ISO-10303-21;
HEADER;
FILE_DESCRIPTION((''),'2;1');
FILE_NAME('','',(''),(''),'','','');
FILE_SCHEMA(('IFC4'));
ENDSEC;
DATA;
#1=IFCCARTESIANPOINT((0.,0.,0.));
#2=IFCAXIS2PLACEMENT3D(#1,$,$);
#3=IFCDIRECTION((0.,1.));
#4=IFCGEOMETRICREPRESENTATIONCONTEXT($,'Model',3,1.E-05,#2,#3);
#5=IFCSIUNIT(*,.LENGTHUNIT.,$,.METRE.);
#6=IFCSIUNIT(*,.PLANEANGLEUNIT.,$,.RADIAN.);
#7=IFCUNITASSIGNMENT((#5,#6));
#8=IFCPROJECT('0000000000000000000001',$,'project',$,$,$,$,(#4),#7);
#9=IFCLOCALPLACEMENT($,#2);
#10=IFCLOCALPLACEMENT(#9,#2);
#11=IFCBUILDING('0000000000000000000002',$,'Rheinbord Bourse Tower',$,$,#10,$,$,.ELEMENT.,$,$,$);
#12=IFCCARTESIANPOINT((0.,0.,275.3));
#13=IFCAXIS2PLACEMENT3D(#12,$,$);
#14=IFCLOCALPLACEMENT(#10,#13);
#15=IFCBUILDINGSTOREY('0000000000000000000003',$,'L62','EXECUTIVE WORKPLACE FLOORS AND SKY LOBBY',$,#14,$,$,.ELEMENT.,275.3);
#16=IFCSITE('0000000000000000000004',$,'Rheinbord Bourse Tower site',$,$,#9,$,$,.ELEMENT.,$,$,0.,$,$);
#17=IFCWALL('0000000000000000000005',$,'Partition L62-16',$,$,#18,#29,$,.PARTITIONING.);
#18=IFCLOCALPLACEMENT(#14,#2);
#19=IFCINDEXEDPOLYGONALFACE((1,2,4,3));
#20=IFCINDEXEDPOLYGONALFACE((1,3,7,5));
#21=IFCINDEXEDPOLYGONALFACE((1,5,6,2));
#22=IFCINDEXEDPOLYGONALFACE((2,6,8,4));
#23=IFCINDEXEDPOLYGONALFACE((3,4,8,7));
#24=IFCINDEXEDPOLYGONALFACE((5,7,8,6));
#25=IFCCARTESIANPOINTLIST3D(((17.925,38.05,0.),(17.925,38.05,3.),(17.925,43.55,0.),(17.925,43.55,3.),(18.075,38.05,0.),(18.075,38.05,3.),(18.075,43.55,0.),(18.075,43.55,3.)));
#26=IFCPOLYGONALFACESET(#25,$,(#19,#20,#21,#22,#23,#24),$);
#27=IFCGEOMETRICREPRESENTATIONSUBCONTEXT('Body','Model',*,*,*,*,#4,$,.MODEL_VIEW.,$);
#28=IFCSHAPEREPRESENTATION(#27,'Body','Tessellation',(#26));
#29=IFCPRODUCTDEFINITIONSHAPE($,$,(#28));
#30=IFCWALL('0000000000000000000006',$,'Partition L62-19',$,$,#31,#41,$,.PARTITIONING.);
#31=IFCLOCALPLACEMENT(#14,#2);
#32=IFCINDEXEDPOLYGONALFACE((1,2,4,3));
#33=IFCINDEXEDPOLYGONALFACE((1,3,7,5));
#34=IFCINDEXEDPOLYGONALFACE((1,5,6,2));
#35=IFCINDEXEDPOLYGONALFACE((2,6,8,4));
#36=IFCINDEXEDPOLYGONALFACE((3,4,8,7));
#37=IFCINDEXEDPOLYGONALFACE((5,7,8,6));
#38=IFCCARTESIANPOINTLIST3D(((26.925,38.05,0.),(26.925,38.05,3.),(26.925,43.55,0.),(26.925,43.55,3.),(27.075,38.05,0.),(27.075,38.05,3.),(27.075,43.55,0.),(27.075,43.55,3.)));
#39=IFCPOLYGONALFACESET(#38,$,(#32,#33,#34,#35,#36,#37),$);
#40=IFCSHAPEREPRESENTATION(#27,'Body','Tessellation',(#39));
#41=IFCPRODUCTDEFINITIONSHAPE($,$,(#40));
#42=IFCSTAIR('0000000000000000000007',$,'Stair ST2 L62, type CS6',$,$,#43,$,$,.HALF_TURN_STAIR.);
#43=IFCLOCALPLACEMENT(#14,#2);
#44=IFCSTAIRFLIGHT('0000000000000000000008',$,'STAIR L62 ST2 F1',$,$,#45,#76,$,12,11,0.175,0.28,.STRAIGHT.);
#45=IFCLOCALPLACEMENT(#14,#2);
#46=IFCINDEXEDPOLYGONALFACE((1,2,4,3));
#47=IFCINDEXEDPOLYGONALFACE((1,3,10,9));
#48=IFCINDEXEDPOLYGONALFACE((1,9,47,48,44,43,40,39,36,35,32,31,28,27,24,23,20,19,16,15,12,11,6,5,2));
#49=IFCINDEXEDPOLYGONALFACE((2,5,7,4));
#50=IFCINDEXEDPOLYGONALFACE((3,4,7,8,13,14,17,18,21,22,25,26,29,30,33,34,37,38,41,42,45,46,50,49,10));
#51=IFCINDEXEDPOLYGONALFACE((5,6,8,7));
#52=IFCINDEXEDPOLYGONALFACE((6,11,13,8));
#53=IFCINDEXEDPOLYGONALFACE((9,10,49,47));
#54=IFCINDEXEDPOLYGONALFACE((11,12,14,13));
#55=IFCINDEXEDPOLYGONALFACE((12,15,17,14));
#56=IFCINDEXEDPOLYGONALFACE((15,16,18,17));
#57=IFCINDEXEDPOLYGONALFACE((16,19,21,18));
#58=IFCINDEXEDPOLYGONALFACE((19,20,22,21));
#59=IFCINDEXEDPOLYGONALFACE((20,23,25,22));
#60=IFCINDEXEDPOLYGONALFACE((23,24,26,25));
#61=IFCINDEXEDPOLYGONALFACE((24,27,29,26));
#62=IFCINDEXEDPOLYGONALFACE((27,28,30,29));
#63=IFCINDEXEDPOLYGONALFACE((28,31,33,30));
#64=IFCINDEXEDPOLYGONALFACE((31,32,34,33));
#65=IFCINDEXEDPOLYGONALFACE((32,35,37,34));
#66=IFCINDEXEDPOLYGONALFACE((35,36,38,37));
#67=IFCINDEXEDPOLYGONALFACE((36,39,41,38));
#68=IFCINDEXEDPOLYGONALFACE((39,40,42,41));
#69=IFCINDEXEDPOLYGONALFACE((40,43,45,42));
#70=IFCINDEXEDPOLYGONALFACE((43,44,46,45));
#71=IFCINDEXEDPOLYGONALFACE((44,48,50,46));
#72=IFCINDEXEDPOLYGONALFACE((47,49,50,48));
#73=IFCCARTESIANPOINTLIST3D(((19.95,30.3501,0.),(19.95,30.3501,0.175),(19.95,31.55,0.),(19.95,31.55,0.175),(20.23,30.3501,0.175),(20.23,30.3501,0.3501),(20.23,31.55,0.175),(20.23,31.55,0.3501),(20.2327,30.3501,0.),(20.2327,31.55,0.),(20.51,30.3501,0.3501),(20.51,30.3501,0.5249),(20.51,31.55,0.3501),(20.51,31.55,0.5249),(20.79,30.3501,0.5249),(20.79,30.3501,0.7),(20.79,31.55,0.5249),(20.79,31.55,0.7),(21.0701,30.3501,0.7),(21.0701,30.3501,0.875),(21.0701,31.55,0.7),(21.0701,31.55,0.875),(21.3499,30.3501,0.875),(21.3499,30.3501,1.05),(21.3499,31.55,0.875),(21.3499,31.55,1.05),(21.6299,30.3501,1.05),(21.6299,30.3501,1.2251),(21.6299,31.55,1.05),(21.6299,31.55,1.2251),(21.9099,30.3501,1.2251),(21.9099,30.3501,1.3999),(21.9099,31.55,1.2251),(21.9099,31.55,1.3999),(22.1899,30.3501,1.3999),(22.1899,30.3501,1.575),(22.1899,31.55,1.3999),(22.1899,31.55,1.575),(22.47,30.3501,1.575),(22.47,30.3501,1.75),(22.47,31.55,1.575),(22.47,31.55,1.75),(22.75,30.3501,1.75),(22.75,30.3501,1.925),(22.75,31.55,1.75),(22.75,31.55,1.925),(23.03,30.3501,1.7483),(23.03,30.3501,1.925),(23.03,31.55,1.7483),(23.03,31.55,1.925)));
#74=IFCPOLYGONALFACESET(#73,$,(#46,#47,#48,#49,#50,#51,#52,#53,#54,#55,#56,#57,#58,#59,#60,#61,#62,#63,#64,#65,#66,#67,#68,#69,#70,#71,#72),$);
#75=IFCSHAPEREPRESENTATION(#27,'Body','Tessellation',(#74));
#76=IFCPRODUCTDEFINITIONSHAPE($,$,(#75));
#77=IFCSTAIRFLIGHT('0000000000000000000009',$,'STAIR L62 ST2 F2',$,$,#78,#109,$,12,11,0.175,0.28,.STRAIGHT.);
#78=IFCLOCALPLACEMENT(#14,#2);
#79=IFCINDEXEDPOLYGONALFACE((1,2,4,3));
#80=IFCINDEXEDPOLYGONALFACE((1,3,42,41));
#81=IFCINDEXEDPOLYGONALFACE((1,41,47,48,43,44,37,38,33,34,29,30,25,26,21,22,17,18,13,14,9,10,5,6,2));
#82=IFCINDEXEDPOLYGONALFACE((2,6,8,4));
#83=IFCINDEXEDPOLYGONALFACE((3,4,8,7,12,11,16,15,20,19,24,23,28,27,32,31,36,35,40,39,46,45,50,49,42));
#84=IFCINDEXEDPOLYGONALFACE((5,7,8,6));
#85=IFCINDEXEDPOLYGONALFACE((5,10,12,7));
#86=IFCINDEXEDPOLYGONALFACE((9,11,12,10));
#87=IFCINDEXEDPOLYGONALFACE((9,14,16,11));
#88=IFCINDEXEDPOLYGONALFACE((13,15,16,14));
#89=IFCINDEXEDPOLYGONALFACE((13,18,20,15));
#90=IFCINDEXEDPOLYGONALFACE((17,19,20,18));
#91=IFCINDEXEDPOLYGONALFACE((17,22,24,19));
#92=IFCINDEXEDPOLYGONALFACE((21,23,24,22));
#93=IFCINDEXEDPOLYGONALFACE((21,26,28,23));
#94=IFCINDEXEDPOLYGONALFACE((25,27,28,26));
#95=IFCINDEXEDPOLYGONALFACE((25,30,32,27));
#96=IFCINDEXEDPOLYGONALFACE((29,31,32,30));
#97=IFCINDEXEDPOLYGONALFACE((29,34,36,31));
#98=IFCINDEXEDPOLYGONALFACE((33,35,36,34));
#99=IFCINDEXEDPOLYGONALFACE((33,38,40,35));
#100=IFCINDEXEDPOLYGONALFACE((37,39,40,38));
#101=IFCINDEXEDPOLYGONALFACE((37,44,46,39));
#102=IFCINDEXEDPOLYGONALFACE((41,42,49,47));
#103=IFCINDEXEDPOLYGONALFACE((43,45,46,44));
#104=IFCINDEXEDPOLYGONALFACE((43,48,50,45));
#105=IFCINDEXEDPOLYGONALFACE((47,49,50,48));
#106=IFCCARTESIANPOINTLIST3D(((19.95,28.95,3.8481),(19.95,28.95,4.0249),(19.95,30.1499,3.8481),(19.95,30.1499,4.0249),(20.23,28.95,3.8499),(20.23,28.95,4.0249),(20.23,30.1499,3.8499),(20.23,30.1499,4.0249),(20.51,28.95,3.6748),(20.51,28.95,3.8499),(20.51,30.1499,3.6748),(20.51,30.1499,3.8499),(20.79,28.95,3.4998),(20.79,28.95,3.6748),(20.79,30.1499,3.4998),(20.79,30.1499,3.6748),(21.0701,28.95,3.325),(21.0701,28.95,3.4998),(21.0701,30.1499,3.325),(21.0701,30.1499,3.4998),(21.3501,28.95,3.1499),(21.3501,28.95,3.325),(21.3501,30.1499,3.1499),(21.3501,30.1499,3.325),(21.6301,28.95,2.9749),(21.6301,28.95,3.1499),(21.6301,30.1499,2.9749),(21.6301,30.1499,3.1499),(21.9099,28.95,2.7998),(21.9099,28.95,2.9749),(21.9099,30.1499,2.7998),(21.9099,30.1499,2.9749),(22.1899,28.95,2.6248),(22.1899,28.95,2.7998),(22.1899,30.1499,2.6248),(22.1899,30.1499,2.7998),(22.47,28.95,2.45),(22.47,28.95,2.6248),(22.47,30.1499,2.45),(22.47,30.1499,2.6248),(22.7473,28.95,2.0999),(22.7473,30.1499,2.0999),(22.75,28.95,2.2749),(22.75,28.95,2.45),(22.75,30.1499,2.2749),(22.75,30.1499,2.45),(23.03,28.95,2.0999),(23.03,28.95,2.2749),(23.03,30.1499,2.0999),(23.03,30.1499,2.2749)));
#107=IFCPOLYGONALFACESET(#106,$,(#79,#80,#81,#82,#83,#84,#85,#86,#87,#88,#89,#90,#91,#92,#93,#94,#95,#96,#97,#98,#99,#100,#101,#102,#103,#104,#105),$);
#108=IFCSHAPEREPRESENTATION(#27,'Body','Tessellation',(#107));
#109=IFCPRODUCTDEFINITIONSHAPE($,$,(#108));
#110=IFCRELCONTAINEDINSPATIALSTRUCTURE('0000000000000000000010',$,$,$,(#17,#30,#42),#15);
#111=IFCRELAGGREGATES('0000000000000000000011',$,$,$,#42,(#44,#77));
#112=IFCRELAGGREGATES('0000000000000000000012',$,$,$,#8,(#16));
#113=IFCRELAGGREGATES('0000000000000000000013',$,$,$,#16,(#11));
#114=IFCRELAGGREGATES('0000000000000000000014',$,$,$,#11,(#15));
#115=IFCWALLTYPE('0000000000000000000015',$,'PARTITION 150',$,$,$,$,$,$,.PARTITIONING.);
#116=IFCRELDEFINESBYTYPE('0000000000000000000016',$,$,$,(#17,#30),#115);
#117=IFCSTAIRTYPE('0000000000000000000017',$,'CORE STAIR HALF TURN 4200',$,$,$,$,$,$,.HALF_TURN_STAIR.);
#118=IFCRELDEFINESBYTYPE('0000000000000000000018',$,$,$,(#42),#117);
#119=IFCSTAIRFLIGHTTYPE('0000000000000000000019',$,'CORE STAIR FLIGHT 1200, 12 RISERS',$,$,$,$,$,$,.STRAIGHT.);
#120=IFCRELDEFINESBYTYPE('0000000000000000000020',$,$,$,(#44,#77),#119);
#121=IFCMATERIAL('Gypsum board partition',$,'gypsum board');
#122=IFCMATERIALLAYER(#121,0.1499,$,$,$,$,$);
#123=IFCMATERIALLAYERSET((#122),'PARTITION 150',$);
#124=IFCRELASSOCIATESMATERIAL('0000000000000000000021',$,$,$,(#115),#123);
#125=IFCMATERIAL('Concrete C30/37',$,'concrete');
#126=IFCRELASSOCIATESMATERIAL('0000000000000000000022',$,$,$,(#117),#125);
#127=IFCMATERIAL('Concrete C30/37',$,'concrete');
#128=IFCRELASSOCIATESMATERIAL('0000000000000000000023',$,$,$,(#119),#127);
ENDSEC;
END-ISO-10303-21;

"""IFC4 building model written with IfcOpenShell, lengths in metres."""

from ifc_helpers import new_model, si_unit, direction, frame, frame_2d, origin, place, context, subcontext, project, spatial, polyline, rectangle, outline, extrude, material, layer, layer_set, type_object, element, aggregate, save


model = new_model("IFC4")

# Units and contexts
model_context = context("Model", 3, precision=1e-05, world=origin(), true_north=direction((0.0, 1.0)))
body_context = subcontext(model_context, "Body", "Model", "MODEL_VIEW")
ifc_project = project(units=[si_unit("LENGTHUNIT", "METRE"), si_unit("PLANEANGLEUNIT", "RADIAN")], contexts=[model_context])

# Site, building, storey
site_placement = place(None, origin())
site = spatial("IfcSite", under=ifc_project, at=site_placement, Name="Rheinbord Bourse Tower site", CompositionType="ELEMENT", RefElevation=0.0)
building_placement = place(site_placement, origin())
building = spatial("IfcBuilding", under=site, at=building_placement, Name="Rheinbord Bourse Tower", CompositionType="ELEMENT")
storey_placement = place(building_placement, frame((0.0, 0.0, 275.3)))
storey = spatial("IfcBuildingStorey", under=building, at=storey_placement, Name="L62", Description="EXECUTIVE WORKPLACE FLOORS AND SKY LOBBY", CompositionType="ELEMENT", Elevation=275.3)

# Walls
ifc_material_1 = material(Name="Gypsum board partition", Category="gypsum board")
ifc_layer_1 = layer(ifc_material_1, 0.1499)
ifc_layer_set_1 = layer_set([ifc_layer_1], Name="PARTITION 150")
wall_type_1 = type_object("IfcWallType", Name="PARTITION 150", PredefinedType="PARTITIONING", material=ifc_layer_set_1)
for number, where, z_axis, x_axis, name in (
    (1, (18.0, 38.05, 0.0), (0.0, 0.0, 1.0), (0.0, 1.0, 0.0), "Partition L62-16"),
    (2, (27.0, 38.05, 0.0), (0.0, 0.0, 1.0), (0.0, 1.0, 0.0), "Partition L62-19"),
):
    element("IfcWall", number, at=place(storey_placement, frame(where, z_axis=z_axis, x_axis=x_axis)), inside=storey, type_object=wall_type_1, Name=name, PredefinedType="PARTITIONING", context=body_context, shape_type="SweptSolid", body=[
        extrude(rectangle(XDim=5.5, YDim=0.1499, at=frame_2d((2.75, 0.0))), origin(), (0.0, 0.0, 1.0), 3.0),
    ])

# Stair, stair flights
ifc_material_2 = material(Name="Concrete C30/37", Category="concrete")
stair_type = type_object("IfcStairType", Name="CORE STAIR HALF TURN 4200", PredefinedType="HALF_TURN_STAIR", material=ifc_material_2)
stair_placement = place(storey_placement, origin())
stair = element("IfcStair", 3, at=stair_placement, inside=storey, type_object=stair_type, Name="Stair ST2 L62, type CS6", PredefinedType="HALF_TURN_STAIR")
ifc_material_3 = material(Name="Concrete C30/37", Category="concrete")
stair_flight_type = type_object("IfcStairFlightType", Name="CORE STAIR FLIGHT 1200, 12 RISERS", PredefinedType="STRAIGHT", material=ifc_material_3)
stair_flight_1_placement = place(storey_placement, frame((19.95, 30.95, 0.0), z_axis=(0.0, 0.0, 1.0), x_axis=(1.0, 0.0, 0.0)))
stair_flight_1 = element("IfcStairFlight", 4, at=stair_flight_1_placement, type_object=stair_flight_type, Name="STAIR L62 ST2 F1", NumberOfRisers=12, NumberOfTreads=11, PredefinedType="STRAIGHT", RiserHeight=0.175, TreadLength=0.28, context=body_context, shape_type="SweptSolid", body=[
    extrude(outline(polyline([(0.0, 0.0), (0.0, 0.175), (0.28, 0.175), (0.28, 0.3501), (0.5601, 0.3501), (0.5601, 0.5249), (0.8401, 0.5249), (0.8401, 0.7), (1.1201, 0.7), (1.1201, 0.875), (1.3999, 0.875), (1.3999, 1.05), (1.6799, 1.05), (1.6799, 1.2251), (1.96, 1.2251), (1.96, 1.3999), (2.24, 1.3999), (2.24, 1.575), (2.52, 1.575), (2.52, 1.75), (2.8, 1.75), (2.8, 1.925), (3.0801, 1.925), (3.0801, 2.1001), (3.0801, 1.7483), (0.2827, 0.0), (0.0, 0.0)])), frame((0.0, 0.6001, 0.0), z_axis=(0.0, -1.0, 0.0), x_axis=(1.0, 0.0, 0.0)), (0.0, 0.0, 1.0), 1.2),
])
stair_flight_2_placement = place(storey_placement, frame((23.03, 29.55, 2.0999), z_axis=(0.0, 0.0, 1.0), x_axis=(-1.0, 0.0, 0.0)))
stair_flight_2 = element("IfcStairFlight", 5, at=stair_flight_2_placement, type_object=stair_flight_type, Name="STAIR L62 ST2 F2", NumberOfRisers=12, NumberOfTreads=11, PredefinedType="STRAIGHT", RiserHeight=0.175, TreadLength=0.28, context=body_context, shape_type="SweptSolid", body=[
    extrude(outline(polyline([(0.0, 0.0), (0.0, 0.175), (0.28, 0.175), (0.28, 0.3501), (0.5601, 0.3501), (0.5601, 0.5249), (0.8401, 0.5249), (0.8401, 0.7), (1.1201, 0.7), (1.1201, 0.875), (1.3999, 0.875), (1.3999, 1.05), (1.6799, 1.05), (1.6799, 1.2251), (1.96, 1.2251), (1.96, 1.3999), (2.24, 1.3999), (2.24, 1.575), (2.52, 1.575), (2.52, 1.75), (2.8, 1.75), (2.8, 1.925), (3.0801, 1.925), (3.0801, 2.1001), (3.0801, 1.7483), (0.2827, 0.0), (0.0, 0.0)])), frame((0.0, 0.6001, 0.0), z_axis=(0.0, -1.0, 0.0), x_axis=(1.0, 0.0, 0.0)), (0.0, 0.0, 1.0), 1.2),
])
aggregate(stair, [stair_flight_1, stair_flight_2])

save(model, "model.ifc")
